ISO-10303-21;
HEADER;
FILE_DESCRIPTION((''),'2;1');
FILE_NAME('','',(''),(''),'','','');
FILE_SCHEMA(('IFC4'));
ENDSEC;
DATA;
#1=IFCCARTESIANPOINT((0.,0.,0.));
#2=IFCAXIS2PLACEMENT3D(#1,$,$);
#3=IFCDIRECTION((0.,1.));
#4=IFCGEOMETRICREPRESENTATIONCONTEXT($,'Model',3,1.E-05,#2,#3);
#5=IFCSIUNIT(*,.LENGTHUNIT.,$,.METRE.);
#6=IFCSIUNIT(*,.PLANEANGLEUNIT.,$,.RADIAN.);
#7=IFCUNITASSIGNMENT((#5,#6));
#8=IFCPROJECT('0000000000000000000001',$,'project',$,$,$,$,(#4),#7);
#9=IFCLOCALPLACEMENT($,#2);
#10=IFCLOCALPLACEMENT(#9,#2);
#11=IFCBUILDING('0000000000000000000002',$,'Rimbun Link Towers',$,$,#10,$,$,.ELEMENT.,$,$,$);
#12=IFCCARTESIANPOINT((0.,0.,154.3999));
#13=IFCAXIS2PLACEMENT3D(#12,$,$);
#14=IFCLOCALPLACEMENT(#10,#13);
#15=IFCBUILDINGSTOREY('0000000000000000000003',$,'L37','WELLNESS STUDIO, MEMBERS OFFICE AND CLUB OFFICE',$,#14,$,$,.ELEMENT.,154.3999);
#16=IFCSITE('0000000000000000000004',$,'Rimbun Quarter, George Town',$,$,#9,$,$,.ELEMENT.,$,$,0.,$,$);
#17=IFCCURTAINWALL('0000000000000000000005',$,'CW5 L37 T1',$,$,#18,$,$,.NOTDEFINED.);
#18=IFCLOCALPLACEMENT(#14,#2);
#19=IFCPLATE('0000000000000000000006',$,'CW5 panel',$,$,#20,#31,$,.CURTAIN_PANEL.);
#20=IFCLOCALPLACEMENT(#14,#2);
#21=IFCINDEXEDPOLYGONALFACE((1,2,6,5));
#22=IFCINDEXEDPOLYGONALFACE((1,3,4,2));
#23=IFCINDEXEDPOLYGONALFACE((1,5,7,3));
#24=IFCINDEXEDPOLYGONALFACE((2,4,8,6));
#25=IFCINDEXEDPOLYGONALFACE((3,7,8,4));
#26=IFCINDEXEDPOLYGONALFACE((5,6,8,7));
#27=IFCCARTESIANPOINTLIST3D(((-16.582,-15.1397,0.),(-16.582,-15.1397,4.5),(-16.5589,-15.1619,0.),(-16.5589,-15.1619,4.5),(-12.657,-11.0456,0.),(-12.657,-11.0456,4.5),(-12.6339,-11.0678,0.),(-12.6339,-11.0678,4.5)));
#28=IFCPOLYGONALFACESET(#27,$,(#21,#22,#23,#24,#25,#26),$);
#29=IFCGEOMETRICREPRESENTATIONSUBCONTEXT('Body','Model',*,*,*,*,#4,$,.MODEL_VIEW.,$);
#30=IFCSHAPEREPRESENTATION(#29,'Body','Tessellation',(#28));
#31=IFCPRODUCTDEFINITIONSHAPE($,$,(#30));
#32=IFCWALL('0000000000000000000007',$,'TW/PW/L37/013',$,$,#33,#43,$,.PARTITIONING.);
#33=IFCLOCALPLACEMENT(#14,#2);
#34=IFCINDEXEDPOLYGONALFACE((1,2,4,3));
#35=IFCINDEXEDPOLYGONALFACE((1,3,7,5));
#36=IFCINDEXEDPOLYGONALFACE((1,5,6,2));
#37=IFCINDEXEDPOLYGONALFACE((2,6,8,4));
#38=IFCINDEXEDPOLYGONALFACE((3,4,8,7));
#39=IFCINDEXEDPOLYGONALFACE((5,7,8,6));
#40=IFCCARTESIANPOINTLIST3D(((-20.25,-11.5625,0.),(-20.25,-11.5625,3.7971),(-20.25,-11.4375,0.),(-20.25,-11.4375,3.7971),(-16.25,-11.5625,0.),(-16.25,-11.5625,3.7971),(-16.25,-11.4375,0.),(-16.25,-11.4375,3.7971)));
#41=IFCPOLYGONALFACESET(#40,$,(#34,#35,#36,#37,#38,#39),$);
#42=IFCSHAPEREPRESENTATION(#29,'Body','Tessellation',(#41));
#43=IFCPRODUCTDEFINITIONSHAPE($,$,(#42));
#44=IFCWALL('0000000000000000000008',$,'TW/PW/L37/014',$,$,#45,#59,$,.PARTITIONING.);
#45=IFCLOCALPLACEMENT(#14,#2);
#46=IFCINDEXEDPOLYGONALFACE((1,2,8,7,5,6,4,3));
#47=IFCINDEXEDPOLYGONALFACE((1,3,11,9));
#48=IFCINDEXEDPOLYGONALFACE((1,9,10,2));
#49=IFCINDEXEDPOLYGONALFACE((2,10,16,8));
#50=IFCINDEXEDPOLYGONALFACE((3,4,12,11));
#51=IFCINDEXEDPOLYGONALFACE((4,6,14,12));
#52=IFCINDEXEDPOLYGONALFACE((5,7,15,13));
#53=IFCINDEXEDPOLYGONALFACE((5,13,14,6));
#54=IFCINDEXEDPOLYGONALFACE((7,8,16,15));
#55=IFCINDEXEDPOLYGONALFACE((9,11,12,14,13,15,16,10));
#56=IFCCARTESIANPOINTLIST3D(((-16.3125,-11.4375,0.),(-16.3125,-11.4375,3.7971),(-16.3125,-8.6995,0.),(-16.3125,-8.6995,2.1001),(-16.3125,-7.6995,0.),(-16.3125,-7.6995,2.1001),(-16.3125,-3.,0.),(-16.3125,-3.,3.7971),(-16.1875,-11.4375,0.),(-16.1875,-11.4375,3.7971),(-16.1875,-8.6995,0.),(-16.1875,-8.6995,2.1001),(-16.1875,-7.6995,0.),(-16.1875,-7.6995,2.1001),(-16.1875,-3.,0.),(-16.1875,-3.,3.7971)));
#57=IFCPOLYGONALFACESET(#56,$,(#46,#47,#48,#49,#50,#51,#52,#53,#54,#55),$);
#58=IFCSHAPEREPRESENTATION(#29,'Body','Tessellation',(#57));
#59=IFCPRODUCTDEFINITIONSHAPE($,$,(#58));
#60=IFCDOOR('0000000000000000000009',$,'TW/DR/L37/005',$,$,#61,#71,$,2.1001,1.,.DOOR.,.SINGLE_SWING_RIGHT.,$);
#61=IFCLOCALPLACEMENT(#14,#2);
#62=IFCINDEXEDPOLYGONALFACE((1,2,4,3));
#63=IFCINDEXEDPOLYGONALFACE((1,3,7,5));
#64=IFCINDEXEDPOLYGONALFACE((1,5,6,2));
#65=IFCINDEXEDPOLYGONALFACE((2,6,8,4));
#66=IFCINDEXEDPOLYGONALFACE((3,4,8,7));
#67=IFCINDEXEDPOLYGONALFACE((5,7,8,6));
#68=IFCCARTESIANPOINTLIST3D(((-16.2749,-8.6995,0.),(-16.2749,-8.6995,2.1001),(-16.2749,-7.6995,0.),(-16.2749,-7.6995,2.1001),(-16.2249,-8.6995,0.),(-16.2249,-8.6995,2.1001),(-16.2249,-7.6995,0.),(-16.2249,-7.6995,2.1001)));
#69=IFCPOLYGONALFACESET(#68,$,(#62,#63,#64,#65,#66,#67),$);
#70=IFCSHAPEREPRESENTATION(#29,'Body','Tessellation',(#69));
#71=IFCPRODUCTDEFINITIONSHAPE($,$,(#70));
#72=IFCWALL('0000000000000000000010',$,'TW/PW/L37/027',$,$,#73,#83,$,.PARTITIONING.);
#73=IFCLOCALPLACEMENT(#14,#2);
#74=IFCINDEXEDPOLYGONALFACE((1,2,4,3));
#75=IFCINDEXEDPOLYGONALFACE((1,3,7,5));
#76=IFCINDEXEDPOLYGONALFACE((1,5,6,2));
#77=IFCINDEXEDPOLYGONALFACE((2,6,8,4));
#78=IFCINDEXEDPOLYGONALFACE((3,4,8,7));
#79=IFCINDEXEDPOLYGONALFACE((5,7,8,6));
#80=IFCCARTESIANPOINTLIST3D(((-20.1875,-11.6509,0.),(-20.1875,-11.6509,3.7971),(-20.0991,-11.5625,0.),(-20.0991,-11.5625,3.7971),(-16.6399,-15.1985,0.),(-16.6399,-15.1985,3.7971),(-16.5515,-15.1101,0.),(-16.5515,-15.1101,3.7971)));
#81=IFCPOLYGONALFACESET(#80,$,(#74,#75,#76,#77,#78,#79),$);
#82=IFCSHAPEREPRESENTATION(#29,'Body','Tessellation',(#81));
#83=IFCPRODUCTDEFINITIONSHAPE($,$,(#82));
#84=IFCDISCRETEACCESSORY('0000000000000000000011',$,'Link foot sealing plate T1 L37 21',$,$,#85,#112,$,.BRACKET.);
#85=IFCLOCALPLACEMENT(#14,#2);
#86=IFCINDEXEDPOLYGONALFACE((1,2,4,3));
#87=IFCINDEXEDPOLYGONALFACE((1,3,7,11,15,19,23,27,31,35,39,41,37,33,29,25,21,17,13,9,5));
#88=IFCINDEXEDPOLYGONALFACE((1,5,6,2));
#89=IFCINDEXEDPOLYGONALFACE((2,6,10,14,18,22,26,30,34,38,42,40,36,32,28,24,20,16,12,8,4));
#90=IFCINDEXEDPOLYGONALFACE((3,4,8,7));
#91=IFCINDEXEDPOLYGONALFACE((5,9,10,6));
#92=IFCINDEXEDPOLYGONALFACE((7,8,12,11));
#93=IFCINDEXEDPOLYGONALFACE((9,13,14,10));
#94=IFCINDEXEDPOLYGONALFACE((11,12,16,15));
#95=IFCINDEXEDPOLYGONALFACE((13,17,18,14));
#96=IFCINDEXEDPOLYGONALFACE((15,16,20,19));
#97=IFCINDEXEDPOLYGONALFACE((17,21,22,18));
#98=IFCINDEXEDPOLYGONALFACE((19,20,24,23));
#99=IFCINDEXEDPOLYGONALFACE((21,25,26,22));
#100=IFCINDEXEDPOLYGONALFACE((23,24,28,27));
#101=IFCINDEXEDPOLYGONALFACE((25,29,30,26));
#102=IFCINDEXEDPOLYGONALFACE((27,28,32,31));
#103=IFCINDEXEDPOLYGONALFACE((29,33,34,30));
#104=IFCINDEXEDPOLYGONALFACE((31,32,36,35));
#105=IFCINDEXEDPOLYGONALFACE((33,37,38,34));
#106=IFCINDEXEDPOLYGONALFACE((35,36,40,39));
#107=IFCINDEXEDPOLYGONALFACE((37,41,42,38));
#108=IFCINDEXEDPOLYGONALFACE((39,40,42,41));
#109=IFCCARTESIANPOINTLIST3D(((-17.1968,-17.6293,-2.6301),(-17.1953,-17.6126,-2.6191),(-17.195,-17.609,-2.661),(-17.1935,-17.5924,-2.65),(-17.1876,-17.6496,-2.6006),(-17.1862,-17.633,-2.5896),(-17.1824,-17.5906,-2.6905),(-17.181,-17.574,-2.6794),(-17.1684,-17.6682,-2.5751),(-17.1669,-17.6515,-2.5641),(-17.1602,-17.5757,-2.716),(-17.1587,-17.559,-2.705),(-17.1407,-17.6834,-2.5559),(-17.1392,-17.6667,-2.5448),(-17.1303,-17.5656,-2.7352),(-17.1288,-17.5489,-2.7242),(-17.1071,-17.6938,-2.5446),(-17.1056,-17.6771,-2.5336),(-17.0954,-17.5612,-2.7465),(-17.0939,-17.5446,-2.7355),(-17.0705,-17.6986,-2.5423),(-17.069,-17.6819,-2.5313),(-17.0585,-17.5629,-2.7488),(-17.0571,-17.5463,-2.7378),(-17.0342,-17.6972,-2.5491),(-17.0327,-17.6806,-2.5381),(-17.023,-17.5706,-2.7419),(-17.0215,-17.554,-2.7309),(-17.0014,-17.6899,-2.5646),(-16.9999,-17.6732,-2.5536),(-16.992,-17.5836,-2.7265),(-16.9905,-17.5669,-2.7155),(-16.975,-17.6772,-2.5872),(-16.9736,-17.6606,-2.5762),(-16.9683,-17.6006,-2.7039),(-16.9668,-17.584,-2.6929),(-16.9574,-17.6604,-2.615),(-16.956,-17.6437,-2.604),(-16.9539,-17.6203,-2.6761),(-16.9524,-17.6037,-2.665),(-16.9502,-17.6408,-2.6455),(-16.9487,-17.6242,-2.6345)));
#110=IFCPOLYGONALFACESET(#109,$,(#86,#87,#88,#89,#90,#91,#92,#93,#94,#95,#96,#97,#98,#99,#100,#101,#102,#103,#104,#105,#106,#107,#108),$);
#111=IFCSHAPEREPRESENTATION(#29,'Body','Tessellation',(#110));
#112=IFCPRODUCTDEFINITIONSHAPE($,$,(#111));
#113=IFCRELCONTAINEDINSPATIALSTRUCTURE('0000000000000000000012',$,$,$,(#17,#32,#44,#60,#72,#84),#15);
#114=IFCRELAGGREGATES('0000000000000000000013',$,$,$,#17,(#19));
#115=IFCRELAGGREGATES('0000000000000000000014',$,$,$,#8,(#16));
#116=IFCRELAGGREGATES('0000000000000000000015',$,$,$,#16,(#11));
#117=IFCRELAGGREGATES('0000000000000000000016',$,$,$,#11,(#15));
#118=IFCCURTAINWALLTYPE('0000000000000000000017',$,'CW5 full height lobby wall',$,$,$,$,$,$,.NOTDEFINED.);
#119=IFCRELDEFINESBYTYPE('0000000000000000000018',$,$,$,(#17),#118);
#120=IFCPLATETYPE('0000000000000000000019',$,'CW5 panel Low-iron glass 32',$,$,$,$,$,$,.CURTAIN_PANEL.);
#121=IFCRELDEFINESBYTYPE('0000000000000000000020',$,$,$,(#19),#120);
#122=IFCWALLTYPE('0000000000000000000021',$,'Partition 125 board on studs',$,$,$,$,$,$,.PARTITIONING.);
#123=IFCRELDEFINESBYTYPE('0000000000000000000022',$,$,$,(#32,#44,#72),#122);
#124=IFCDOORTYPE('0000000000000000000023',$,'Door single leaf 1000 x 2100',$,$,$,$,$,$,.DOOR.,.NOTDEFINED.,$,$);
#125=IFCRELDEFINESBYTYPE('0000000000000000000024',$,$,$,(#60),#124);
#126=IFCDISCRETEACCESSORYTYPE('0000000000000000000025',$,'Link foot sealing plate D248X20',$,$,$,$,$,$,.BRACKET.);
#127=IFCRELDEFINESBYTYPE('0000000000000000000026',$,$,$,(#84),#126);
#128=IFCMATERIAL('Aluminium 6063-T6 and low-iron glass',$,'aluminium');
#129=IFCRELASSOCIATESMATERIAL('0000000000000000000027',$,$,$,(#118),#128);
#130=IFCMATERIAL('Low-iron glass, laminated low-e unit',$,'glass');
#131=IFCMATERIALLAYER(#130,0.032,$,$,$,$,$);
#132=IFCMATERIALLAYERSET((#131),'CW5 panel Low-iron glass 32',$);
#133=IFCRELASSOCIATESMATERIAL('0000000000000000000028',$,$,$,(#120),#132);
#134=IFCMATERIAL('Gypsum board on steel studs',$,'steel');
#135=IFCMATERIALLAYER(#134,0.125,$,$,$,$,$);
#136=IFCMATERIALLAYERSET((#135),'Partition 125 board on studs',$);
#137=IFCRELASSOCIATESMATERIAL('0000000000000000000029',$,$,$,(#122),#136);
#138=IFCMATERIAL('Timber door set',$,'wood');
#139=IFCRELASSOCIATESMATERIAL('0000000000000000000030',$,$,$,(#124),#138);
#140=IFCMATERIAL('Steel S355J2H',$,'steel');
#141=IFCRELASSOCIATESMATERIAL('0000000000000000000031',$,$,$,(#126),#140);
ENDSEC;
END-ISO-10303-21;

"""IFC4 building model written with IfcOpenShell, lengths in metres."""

from ifc_helpers import new_model, si_unit, direction, frame, frame_2d, origin, origin_2d, place, context, subcontext, project, spatial, rectangle, circle, extrude, material, layer, layer_set, material_profile, profile_set, type_object, element, fill, aggregate, save


model = new_model("IFC4")

# Units and contexts
model_context = context("Model", 3, precision=1e-05, world=origin(), true_north=direction((0.0, 1.0)))
body_context = subcontext(model_context, "Body", "Model", "MODEL_VIEW")
ifc_project = project(units=[si_unit("LENGTHUNIT", "METRE"), si_unit("PLANEANGLEUNIT", "RADIAN")], contexts=[model_context])

# Site, building, storey
site_placement = place(None, origin())
site = spatial("IfcSite", under=ifc_project, at=site_placement, Name="Rimbun Quarter, George Town", CompositionType="ELEMENT", RefElevation=0.0)
building_placement = place(site_placement, origin())
building = spatial("IfcBuilding", under=site, at=building_placement, Name="Rimbun Link Towers", CompositionType="ELEMENT")
storey_placement = place(building_placement, frame((0.0, 0.0, 154.3999)))
storey = spatial("IfcBuildingStorey", under=building, at=storey_placement, Name="L37", Description="WELLNESS STUDIO, MEMBERS OFFICE AND CLUB OFFICE", CompositionType="ELEMENT", Elevation=154.3999)

# Curtain wall
ifc_material_1 = material(Name="Aluminium 6063-T6 and low-iron glass", Category="aluminium")
curtain_wall_type = type_object("IfcCurtainWallType", Name="CW5 full height lobby wall", PredefinedType="NOTDEFINED", material=ifc_material_1)
curtain_wall_placement = place(storey_placement, origin())
curtain_wall = element("IfcCurtainWall", 1, at=curtain_wall_placement, inside=storey, type_object=curtain_wall_type, Name="CW5 L37 T1", PredefinedType="NOTDEFINED")

# Plate
ifc_material_2 = material(Name="Low-iron glass, laminated low-e unit", Category="glass")
ifc_layer_1 = layer(ifc_material_2, 0.032)
ifc_layer_set_1 = layer_set([ifc_layer_1], Name="CW5 panel Low-iron glass 32")
plate_type = type_object("IfcPlateType", Name="CW5 panel Low-iron glass 32", PredefinedType="CURTAIN_PANEL", material=ifc_layer_set_1)
plate_1_placement = place(storey_placement, frame((-14.6079, -13.1038, 0.0), z_axis=(0.0, 0.0, 1.0), x_axis=(-0.692041, -0.721858, 0.0)))
plate_1 = element("IfcPlate", 2, at=plate_1_placement, type_object=plate_type, Name="CW5 panel", PredefinedType="CURTAIN_PANEL", context=body_context, shape_type="SweptSolid", body=[
    extrude(rectangle(XDim=5.6716, YDim=0.032, at=origin_2d()), origin(), (0.0, 0.0, 1.0), 4.5),
])
aggregate(curtain_wall, [plate_1])

# Wall
ifc_material_3 = material(Name="Gypsum board on steel studs", Category="steel")
ifc_layer_2 = layer(ifc_material_3, 0.125)
ifc_layer_set_2 = layer_set([ifc_layer_2], Name="Partition 125 board on studs")
wall_type = type_object("IfcWallType", Name="Partition 125 board on studs", PredefinedType="PARTITIONING", material=ifc_layer_set_2)
wall_1_placement = place(storey_placement, frame((-20.25, -11.5, 0.0), z_axis=(0.0, 0.0, 1.0), x_axis=(1.0, 0.0, 0.0)))
element("IfcWall", 3, at=wall_1_placement, inside=storey, type_object=wall_type, Name="TW/PW/L37/013", PredefinedType="PARTITIONING", context=body_context, shape_type="SweptSolid", body=[
    extrude(rectangle(XDim=4.0, YDim=0.125, at=frame_2d((2.0, 0.0))), origin(), (0.0, 0.0, 1.0), 3.7971),
])

# Wall, opening, door
wall_2_placement = place(storey_placement, frame((-16.25, -11.4375, 0.0), z_axis=(0.0, 0.0, 1.0), x_axis=(0.0, 1.0, 0.0)))
wall_2 = element("IfcWall", 4, at=wall_2_placement, inside=storey, type_object=wall_type, Name="TW/PW/L37/014", PredefinedType="PARTITIONING", context=body_context, shape_type="SweptSolid", body=[
    extrude(rectangle(XDim=8.4375, YDim=0.125, at=frame_2d((4.2188, 0.0))), origin(), (0.0, 0.0, 1.0), 3.7971),
])
opening_placement = place(wall_2_placement, frame((2.738, 0.0, 0.0)))
opening = element("IfcOpeningElement", 5, at=opening_placement, cuts=wall_2, PredefinedType="OPENING", context=body_context, shape_type="SweptSolid", body=[
    extrude(rectangle(XDim=1.0, YDim=2.1001, at=frame_2d((0.5, 1.05))), frame((0.0, 0.0725, 0.0), z_axis=(0.0, -1.0, 0.0), x_axis=(1.0, 0.0, 0.0)), (0.0, 0.0, 1.0), 0.145),
])
ifc_material_4 = material(Name="Timber door set", Category="wood")
door_type = type_object("IfcDoorType", Name="Door single leaf 1000 x 2100", OperationType="NOTDEFINED", PredefinedType="DOOR", material=ifc_material_4)
door_placement = place(opening_placement, origin())
door = element("IfcDoor", 6, at=door_placement, inside=storey, type_object=door_type, Name="TW/DR/L37/005", OperationType="SINGLE_SWING_RIGHT", OverallHeight=2.1001, OverallWidth=1.0, PredefinedType="DOOR", context=body_context, shape_type="SweptSolid", body=[
    extrude(rectangle(XDim=1.0, YDim=2.1001, at=frame_2d((0.5, 1.05))), frame((0.0, 0.0249, 0.0), z_axis=(0.0, -1.0, 0.0), x_axis=(1.0, 0.0, 0.0)), (0.0, 0.0, 1.0), 0.05),
])
fill(opening, door)

# Wall
wall_3_placement = place(storey_placement, frame((-16.5957, -15.1543, 0.0), z_axis=(0.0, 0.0, 1.0), x_axis=(-0.707107, 0.707107, 0.0)))
element("IfcWall", 7, at=wall_3_placement, inside=storey, type_object=wall_type, Name="TW/PW/L37/027", PredefinedType="PARTITIONING", context=body_context, shape_type="SweptSolid", body=[
    extrude(rectangle(XDim=5.0171, YDim=0.125, at=frame_2d((2.5085, 0.0))), origin(), (0.0, 0.0, 1.0), 3.7971),
])

# Discrete accessory
ifc_material_5 = material(Name="Steel S355J2H", Category="steel")
ifc_material_profile_1 = material_profile(ifc_material_5, circle(Radius=0.124, at=origin_2d()), Name="PL D248")
ifc_profile_set_1 = profile_set([ifc_material_profile_1], Name="Steel S355J2H")
discrete_accessory_type = type_object("IfcDiscreteAccessoryType", Name="Link foot sealing plate D248X20", PredefinedType="BRACKET", material=ifc_profile_set_1)
discrete_accessory_placement = place(storey_placement, frame((-17.0723, -17.6133, -2.6345), z_axis=(-0.073384, -0.831684, -0.550379), x_axis=(0.99613, -0.087894, 0.0)))
element("IfcDiscreteAccessory", 8, at=discrete_accessory_placement, inside=storey, type_object=discrete_accessory_type, Name="Link foot sealing plate T1 L37 21", PredefinedType="BRACKET", context=body_context, shape_type="SweptSolid", body=[
    extrude(circle(Radius=0.124, at=origin_2d()), origin(), (0.0, 0.0, 1.0), 0.02),
])

save(model, "model.ifc")
